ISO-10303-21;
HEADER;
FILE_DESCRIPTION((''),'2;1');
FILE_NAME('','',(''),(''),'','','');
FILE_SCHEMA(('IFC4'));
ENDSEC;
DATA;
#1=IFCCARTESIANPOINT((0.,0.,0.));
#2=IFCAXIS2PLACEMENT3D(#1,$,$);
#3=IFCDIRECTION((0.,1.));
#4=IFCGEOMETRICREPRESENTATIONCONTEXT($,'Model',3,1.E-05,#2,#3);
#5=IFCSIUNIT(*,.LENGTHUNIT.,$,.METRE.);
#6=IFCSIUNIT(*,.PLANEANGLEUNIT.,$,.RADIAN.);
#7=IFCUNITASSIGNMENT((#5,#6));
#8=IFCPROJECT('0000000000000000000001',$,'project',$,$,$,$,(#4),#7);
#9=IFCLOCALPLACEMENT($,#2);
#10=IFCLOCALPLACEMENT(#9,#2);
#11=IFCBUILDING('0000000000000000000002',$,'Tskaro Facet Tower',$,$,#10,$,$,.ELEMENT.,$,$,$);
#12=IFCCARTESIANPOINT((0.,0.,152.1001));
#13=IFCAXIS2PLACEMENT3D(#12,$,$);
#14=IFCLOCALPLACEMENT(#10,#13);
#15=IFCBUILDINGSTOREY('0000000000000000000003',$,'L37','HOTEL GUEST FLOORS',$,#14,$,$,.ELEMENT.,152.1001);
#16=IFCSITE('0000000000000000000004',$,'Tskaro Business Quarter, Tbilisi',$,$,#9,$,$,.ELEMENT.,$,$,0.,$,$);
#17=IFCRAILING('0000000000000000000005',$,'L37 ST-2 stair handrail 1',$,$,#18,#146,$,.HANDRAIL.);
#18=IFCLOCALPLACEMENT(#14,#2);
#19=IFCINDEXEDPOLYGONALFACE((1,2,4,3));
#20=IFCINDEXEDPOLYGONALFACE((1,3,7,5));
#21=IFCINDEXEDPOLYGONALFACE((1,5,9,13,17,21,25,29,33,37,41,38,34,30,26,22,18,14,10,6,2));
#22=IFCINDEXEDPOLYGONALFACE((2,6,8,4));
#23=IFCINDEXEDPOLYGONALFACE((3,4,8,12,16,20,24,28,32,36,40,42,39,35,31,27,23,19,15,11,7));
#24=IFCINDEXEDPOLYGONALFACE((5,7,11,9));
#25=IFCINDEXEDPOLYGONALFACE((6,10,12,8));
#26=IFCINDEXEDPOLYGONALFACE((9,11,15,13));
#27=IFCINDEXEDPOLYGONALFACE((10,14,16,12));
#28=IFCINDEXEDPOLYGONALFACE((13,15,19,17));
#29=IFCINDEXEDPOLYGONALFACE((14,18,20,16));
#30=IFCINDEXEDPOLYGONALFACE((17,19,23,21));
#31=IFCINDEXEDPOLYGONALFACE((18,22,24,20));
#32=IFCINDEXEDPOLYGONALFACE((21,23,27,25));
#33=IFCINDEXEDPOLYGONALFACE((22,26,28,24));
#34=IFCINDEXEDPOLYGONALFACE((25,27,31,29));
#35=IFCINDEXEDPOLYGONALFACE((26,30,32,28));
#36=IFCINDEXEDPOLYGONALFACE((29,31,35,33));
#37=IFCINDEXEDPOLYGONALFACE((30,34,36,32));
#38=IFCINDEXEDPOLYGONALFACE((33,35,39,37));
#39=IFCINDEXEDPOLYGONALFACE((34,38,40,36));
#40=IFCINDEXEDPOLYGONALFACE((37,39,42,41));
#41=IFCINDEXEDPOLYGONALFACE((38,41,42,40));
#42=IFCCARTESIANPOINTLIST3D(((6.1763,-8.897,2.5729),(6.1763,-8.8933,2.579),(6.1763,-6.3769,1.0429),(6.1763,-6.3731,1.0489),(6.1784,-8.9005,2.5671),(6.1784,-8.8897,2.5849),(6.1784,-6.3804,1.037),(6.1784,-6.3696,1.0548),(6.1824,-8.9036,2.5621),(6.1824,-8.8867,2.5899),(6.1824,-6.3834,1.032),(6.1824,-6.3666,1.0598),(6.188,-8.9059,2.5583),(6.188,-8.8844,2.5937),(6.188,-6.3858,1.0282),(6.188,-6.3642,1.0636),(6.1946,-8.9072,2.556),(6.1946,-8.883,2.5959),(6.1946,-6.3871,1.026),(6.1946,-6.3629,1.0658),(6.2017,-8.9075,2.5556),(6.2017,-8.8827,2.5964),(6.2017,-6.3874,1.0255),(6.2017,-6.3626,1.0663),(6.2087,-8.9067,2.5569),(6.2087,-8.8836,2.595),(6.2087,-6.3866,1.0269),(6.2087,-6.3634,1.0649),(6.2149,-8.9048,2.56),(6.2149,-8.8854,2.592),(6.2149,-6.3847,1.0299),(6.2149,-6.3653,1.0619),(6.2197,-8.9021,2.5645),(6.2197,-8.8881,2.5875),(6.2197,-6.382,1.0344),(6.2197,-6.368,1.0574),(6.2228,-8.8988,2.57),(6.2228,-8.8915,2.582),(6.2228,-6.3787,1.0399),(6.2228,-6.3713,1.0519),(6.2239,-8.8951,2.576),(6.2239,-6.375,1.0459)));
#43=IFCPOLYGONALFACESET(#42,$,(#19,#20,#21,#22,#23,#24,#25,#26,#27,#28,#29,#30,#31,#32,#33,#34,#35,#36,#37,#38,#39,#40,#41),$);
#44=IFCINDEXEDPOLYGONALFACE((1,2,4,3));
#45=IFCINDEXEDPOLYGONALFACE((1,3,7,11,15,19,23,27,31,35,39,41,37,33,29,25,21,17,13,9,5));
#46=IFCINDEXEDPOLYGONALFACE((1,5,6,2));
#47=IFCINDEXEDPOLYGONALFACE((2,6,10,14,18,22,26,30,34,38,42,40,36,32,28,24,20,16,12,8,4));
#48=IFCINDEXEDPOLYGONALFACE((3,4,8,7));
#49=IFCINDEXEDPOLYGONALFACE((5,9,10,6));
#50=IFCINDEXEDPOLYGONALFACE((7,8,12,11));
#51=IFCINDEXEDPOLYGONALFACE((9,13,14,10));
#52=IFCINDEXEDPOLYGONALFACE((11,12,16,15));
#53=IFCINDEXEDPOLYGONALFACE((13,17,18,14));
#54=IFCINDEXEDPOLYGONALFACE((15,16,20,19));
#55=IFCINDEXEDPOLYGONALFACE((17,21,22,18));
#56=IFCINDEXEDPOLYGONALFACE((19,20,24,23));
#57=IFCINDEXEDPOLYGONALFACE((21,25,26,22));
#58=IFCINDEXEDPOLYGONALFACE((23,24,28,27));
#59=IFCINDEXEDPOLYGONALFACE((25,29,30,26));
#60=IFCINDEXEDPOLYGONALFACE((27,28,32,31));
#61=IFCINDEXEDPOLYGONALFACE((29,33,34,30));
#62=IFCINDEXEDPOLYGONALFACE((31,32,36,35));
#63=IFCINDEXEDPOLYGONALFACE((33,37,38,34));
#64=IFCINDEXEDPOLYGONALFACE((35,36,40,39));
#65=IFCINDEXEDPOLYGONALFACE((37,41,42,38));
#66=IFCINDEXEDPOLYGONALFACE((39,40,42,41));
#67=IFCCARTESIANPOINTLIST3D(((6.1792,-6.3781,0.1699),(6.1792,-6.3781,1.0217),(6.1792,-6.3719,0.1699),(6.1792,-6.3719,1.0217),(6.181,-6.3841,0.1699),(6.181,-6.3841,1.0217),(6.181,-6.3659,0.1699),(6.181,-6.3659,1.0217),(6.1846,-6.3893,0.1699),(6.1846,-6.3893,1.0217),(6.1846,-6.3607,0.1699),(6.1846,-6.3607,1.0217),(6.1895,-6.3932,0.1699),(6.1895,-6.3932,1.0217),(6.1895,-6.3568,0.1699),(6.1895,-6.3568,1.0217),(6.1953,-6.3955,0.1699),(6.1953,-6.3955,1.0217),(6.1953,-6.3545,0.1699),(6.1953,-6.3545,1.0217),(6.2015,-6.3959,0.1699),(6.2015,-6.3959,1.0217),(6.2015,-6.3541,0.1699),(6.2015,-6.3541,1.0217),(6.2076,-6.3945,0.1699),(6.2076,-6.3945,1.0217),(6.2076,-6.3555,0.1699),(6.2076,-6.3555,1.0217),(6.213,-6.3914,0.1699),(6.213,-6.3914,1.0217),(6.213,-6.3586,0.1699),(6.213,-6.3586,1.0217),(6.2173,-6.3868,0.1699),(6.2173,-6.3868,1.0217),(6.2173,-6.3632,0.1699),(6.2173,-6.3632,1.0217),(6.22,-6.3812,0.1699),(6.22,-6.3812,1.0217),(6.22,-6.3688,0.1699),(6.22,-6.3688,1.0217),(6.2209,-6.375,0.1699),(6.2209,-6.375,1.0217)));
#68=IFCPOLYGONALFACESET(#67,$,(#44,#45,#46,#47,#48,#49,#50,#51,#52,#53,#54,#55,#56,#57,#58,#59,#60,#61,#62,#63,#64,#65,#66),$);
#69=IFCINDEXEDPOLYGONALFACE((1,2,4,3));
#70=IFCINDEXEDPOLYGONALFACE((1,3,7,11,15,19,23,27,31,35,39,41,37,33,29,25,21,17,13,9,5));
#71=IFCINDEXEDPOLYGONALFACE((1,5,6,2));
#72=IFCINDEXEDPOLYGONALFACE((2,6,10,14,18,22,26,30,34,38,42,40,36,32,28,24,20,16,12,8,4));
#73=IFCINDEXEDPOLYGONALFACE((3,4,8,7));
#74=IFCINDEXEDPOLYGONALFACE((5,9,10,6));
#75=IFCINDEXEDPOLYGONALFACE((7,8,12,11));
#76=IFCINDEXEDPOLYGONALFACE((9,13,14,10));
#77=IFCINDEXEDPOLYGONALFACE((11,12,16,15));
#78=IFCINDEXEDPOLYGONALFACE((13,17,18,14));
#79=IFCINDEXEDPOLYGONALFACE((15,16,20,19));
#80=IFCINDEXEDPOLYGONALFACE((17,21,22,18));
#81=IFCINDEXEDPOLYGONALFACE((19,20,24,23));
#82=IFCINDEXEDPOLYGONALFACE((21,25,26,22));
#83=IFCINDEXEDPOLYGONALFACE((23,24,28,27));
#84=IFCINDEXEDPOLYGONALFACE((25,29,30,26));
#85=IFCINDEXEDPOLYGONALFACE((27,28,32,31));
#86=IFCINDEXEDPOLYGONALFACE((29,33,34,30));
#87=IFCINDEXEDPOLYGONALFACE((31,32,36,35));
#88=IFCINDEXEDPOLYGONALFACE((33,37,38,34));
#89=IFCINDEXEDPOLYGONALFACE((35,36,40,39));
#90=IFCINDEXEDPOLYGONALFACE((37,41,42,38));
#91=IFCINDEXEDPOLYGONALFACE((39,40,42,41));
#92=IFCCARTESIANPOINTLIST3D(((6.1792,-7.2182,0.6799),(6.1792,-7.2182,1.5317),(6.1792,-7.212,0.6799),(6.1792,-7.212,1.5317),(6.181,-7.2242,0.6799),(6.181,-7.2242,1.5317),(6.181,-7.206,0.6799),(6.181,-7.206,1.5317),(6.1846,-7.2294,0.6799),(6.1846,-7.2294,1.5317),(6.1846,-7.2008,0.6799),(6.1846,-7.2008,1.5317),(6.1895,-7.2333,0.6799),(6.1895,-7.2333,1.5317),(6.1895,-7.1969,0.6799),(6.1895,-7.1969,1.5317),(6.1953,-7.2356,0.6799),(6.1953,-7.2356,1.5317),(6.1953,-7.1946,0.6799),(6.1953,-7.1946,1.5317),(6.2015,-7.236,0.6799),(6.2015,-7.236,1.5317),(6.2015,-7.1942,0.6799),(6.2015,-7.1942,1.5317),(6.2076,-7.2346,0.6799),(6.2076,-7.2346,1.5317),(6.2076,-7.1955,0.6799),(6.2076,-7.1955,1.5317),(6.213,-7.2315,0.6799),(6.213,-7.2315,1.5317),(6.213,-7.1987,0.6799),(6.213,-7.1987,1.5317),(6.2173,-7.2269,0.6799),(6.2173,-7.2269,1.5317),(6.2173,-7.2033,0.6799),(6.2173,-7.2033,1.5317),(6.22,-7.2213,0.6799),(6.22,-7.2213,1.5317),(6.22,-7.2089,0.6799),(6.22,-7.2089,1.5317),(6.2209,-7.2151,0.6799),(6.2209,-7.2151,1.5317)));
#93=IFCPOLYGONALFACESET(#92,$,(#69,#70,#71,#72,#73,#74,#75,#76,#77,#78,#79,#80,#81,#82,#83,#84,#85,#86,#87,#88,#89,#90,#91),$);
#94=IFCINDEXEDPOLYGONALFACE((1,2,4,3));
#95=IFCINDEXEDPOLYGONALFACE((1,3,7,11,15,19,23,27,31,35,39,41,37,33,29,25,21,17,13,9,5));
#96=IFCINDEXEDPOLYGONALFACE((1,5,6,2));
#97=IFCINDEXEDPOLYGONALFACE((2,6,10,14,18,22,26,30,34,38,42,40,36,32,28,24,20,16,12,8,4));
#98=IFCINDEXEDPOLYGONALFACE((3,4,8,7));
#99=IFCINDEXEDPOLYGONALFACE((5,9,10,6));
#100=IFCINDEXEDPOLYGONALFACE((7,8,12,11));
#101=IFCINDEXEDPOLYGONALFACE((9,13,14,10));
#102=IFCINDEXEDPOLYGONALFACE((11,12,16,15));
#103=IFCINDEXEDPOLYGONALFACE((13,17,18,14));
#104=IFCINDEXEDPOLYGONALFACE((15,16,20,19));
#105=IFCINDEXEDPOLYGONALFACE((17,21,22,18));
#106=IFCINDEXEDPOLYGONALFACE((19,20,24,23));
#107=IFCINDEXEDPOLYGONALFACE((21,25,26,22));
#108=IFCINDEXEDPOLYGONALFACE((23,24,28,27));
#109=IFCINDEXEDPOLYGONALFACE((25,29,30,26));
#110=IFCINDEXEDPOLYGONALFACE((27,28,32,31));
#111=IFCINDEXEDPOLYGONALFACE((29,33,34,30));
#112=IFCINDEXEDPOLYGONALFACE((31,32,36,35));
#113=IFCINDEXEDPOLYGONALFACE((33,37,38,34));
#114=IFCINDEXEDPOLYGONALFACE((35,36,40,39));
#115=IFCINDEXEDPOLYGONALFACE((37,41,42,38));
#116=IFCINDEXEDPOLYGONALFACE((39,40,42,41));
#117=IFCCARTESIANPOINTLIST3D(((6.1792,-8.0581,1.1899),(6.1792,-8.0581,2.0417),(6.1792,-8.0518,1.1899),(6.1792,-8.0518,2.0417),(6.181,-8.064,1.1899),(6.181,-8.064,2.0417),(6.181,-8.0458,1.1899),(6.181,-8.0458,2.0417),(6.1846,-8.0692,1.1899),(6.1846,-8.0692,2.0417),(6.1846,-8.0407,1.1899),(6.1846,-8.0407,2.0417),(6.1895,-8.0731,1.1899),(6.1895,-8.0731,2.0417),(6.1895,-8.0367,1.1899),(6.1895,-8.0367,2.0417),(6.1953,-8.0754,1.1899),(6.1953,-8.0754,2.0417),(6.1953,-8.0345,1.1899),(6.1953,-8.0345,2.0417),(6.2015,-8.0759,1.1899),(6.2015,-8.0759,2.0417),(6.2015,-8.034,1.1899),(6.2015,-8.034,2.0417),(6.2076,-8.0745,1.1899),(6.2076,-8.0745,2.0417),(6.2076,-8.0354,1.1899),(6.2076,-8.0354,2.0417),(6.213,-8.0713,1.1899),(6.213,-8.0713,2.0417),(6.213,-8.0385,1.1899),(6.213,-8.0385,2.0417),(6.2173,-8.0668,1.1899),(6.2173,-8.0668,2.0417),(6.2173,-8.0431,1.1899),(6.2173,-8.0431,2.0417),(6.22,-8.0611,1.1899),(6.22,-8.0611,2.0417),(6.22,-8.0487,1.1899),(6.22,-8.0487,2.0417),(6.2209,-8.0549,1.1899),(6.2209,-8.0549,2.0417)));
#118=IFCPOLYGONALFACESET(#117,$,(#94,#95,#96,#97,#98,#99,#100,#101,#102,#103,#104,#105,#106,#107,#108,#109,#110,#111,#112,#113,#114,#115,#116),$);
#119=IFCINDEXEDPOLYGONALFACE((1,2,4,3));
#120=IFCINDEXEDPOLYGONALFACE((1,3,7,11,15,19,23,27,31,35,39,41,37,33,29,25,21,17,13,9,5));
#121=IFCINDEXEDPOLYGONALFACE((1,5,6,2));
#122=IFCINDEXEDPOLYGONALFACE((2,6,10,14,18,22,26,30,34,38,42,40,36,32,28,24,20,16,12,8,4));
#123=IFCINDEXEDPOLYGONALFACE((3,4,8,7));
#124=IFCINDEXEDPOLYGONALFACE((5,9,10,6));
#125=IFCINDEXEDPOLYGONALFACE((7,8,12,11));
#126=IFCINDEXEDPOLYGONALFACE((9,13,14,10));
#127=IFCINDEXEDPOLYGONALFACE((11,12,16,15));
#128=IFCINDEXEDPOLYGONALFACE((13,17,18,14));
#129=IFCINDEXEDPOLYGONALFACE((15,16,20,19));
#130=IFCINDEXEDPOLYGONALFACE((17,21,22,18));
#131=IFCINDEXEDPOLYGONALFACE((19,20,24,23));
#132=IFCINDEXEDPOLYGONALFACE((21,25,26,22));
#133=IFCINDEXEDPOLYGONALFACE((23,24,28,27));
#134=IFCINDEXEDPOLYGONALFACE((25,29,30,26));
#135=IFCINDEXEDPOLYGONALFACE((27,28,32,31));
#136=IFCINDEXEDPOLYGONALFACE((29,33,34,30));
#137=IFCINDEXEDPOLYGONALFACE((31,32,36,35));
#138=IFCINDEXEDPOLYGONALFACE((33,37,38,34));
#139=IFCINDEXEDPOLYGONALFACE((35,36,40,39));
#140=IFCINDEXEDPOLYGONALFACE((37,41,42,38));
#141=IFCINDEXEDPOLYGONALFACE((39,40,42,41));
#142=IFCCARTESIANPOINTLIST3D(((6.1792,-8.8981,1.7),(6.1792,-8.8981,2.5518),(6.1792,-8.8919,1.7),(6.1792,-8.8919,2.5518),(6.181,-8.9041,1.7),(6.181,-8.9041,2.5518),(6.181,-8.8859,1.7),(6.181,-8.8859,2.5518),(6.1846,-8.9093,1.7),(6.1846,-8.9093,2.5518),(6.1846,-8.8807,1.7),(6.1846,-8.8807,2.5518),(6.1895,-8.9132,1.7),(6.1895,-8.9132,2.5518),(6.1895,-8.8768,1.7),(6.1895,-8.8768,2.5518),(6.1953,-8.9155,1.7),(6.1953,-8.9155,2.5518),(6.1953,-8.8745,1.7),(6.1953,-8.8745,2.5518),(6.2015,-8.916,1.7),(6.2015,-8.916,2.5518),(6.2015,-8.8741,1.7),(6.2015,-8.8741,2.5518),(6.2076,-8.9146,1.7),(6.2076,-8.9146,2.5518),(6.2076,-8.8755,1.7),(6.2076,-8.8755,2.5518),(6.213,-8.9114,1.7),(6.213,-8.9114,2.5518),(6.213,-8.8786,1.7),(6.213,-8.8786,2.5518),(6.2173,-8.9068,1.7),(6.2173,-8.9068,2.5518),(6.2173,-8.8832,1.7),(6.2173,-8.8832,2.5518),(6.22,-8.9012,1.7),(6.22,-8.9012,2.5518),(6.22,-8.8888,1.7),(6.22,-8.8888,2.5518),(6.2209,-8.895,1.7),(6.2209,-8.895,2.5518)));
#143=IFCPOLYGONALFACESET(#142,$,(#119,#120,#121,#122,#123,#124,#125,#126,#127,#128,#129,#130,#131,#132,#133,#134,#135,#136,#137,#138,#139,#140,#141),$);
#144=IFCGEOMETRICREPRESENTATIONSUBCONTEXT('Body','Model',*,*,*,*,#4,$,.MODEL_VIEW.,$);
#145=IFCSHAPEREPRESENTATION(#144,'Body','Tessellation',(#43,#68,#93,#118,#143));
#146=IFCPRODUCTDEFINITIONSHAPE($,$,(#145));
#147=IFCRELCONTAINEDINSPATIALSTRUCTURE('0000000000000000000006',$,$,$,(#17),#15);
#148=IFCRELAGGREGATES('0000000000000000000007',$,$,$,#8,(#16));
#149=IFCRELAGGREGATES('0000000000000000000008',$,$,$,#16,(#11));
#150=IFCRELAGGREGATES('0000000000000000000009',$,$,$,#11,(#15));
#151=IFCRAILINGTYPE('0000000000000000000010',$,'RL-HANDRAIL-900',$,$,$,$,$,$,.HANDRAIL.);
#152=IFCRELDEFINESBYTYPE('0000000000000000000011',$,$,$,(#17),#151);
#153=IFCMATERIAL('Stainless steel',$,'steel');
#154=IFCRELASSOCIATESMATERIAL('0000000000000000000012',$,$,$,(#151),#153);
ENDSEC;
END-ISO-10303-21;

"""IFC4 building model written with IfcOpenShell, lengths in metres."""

from ifc_helpers import new_model, si_unit, direction, frame, origin, origin_2d, place, context, subcontext, project, spatial, circle, extrude, material, type_object, element, save


model = new_model("IFC4")

# Units and contexts
model_context = context("Model", 3, precision=1e-05, world=origin(), true_north=direction((0.0, 1.0)))
body_context = subcontext(model_context, "Body", "Model", "MODEL_VIEW")
ifc_project = project(units=[si_unit("LENGTHUNIT", "METRE"), si_unit("PLANEANGLEUNIT", "RADIAN")], contexts=[model_context])

# Site, building, storey
site_placement = place(None, origin())
site = spatial("IfcSite", under=ifc_project, at=site_placement, Name="Tskaro Business Quarter, Tbilisi", CompositionType="ELEMENT", RefElevation=0.0)
building_placement = place(site_placement, origin())
building = spatial("IfcBuilding", under=site, at=building_placement, Name="Tskaro Facet Tower", CompositionType="ELEMENT")
storey_placement = place(building_placement, frame((0.0, 0.0, 152.1001)))
storey = spatial("IfcBuildingStorey", under=building, at=storey_placement, Name="L37", Description="HOTEL GUEST FLOORS", CompositionType="ELEMENT", Elevation=152.1001)

# Railing
ifc_material_1 = material(Name="Stainless steel", Category="steel")
railing_type_1 = type_object("IfcRailingType", Name="RL-HANDRAIL-900", PredefinedType="HANDRAIL", material=ifc_material_1)
railing_1_placement = place(storey_placement, frame((6.2, -6.375, 0.1699)))
element("IfcRailing", 1, at=railing_1_placement, inside=storey, type_object=railing_type_1, Name="L37 ST-2 stair handrail 1", PredefinedType="HANDRAIL", context=body_context, shape_type="SweptSolid", body=[
    extrude(circle(Radius=0.0239, at=origin_2d()), frame((0.0, 0.0, 0.876), z_axis=(0.0, -0.854785, 0.518982), x_axis=(1.0, 0.0, 0.0)), (0.0, 0.0, 1.0), 2.9482),
    extrude(circle(Radius=0.021, at=origin_2d()), origin(), (0.0, 0.0, 1.0), 0.8518),
    extrude(circle(Radius=0.021, at=origin_2d()), frame((0.0, -0.8401, 0.51)), (0.0, 0.0, 1.0), 0.8518),
    extrude(circle(Radius=0.021, at=origin_2d()), frame((0.0, -1.6799, 1.02)), (0.0, 0.0, 1.0), 0.8518),
    extrude(circle(Radius=0.021, at=origin_2d()), frame((0.0, -2.52, 1.53)), (0.0, 0.0, 1.0), 0.8518),
])

save(model, "model.ifc")
